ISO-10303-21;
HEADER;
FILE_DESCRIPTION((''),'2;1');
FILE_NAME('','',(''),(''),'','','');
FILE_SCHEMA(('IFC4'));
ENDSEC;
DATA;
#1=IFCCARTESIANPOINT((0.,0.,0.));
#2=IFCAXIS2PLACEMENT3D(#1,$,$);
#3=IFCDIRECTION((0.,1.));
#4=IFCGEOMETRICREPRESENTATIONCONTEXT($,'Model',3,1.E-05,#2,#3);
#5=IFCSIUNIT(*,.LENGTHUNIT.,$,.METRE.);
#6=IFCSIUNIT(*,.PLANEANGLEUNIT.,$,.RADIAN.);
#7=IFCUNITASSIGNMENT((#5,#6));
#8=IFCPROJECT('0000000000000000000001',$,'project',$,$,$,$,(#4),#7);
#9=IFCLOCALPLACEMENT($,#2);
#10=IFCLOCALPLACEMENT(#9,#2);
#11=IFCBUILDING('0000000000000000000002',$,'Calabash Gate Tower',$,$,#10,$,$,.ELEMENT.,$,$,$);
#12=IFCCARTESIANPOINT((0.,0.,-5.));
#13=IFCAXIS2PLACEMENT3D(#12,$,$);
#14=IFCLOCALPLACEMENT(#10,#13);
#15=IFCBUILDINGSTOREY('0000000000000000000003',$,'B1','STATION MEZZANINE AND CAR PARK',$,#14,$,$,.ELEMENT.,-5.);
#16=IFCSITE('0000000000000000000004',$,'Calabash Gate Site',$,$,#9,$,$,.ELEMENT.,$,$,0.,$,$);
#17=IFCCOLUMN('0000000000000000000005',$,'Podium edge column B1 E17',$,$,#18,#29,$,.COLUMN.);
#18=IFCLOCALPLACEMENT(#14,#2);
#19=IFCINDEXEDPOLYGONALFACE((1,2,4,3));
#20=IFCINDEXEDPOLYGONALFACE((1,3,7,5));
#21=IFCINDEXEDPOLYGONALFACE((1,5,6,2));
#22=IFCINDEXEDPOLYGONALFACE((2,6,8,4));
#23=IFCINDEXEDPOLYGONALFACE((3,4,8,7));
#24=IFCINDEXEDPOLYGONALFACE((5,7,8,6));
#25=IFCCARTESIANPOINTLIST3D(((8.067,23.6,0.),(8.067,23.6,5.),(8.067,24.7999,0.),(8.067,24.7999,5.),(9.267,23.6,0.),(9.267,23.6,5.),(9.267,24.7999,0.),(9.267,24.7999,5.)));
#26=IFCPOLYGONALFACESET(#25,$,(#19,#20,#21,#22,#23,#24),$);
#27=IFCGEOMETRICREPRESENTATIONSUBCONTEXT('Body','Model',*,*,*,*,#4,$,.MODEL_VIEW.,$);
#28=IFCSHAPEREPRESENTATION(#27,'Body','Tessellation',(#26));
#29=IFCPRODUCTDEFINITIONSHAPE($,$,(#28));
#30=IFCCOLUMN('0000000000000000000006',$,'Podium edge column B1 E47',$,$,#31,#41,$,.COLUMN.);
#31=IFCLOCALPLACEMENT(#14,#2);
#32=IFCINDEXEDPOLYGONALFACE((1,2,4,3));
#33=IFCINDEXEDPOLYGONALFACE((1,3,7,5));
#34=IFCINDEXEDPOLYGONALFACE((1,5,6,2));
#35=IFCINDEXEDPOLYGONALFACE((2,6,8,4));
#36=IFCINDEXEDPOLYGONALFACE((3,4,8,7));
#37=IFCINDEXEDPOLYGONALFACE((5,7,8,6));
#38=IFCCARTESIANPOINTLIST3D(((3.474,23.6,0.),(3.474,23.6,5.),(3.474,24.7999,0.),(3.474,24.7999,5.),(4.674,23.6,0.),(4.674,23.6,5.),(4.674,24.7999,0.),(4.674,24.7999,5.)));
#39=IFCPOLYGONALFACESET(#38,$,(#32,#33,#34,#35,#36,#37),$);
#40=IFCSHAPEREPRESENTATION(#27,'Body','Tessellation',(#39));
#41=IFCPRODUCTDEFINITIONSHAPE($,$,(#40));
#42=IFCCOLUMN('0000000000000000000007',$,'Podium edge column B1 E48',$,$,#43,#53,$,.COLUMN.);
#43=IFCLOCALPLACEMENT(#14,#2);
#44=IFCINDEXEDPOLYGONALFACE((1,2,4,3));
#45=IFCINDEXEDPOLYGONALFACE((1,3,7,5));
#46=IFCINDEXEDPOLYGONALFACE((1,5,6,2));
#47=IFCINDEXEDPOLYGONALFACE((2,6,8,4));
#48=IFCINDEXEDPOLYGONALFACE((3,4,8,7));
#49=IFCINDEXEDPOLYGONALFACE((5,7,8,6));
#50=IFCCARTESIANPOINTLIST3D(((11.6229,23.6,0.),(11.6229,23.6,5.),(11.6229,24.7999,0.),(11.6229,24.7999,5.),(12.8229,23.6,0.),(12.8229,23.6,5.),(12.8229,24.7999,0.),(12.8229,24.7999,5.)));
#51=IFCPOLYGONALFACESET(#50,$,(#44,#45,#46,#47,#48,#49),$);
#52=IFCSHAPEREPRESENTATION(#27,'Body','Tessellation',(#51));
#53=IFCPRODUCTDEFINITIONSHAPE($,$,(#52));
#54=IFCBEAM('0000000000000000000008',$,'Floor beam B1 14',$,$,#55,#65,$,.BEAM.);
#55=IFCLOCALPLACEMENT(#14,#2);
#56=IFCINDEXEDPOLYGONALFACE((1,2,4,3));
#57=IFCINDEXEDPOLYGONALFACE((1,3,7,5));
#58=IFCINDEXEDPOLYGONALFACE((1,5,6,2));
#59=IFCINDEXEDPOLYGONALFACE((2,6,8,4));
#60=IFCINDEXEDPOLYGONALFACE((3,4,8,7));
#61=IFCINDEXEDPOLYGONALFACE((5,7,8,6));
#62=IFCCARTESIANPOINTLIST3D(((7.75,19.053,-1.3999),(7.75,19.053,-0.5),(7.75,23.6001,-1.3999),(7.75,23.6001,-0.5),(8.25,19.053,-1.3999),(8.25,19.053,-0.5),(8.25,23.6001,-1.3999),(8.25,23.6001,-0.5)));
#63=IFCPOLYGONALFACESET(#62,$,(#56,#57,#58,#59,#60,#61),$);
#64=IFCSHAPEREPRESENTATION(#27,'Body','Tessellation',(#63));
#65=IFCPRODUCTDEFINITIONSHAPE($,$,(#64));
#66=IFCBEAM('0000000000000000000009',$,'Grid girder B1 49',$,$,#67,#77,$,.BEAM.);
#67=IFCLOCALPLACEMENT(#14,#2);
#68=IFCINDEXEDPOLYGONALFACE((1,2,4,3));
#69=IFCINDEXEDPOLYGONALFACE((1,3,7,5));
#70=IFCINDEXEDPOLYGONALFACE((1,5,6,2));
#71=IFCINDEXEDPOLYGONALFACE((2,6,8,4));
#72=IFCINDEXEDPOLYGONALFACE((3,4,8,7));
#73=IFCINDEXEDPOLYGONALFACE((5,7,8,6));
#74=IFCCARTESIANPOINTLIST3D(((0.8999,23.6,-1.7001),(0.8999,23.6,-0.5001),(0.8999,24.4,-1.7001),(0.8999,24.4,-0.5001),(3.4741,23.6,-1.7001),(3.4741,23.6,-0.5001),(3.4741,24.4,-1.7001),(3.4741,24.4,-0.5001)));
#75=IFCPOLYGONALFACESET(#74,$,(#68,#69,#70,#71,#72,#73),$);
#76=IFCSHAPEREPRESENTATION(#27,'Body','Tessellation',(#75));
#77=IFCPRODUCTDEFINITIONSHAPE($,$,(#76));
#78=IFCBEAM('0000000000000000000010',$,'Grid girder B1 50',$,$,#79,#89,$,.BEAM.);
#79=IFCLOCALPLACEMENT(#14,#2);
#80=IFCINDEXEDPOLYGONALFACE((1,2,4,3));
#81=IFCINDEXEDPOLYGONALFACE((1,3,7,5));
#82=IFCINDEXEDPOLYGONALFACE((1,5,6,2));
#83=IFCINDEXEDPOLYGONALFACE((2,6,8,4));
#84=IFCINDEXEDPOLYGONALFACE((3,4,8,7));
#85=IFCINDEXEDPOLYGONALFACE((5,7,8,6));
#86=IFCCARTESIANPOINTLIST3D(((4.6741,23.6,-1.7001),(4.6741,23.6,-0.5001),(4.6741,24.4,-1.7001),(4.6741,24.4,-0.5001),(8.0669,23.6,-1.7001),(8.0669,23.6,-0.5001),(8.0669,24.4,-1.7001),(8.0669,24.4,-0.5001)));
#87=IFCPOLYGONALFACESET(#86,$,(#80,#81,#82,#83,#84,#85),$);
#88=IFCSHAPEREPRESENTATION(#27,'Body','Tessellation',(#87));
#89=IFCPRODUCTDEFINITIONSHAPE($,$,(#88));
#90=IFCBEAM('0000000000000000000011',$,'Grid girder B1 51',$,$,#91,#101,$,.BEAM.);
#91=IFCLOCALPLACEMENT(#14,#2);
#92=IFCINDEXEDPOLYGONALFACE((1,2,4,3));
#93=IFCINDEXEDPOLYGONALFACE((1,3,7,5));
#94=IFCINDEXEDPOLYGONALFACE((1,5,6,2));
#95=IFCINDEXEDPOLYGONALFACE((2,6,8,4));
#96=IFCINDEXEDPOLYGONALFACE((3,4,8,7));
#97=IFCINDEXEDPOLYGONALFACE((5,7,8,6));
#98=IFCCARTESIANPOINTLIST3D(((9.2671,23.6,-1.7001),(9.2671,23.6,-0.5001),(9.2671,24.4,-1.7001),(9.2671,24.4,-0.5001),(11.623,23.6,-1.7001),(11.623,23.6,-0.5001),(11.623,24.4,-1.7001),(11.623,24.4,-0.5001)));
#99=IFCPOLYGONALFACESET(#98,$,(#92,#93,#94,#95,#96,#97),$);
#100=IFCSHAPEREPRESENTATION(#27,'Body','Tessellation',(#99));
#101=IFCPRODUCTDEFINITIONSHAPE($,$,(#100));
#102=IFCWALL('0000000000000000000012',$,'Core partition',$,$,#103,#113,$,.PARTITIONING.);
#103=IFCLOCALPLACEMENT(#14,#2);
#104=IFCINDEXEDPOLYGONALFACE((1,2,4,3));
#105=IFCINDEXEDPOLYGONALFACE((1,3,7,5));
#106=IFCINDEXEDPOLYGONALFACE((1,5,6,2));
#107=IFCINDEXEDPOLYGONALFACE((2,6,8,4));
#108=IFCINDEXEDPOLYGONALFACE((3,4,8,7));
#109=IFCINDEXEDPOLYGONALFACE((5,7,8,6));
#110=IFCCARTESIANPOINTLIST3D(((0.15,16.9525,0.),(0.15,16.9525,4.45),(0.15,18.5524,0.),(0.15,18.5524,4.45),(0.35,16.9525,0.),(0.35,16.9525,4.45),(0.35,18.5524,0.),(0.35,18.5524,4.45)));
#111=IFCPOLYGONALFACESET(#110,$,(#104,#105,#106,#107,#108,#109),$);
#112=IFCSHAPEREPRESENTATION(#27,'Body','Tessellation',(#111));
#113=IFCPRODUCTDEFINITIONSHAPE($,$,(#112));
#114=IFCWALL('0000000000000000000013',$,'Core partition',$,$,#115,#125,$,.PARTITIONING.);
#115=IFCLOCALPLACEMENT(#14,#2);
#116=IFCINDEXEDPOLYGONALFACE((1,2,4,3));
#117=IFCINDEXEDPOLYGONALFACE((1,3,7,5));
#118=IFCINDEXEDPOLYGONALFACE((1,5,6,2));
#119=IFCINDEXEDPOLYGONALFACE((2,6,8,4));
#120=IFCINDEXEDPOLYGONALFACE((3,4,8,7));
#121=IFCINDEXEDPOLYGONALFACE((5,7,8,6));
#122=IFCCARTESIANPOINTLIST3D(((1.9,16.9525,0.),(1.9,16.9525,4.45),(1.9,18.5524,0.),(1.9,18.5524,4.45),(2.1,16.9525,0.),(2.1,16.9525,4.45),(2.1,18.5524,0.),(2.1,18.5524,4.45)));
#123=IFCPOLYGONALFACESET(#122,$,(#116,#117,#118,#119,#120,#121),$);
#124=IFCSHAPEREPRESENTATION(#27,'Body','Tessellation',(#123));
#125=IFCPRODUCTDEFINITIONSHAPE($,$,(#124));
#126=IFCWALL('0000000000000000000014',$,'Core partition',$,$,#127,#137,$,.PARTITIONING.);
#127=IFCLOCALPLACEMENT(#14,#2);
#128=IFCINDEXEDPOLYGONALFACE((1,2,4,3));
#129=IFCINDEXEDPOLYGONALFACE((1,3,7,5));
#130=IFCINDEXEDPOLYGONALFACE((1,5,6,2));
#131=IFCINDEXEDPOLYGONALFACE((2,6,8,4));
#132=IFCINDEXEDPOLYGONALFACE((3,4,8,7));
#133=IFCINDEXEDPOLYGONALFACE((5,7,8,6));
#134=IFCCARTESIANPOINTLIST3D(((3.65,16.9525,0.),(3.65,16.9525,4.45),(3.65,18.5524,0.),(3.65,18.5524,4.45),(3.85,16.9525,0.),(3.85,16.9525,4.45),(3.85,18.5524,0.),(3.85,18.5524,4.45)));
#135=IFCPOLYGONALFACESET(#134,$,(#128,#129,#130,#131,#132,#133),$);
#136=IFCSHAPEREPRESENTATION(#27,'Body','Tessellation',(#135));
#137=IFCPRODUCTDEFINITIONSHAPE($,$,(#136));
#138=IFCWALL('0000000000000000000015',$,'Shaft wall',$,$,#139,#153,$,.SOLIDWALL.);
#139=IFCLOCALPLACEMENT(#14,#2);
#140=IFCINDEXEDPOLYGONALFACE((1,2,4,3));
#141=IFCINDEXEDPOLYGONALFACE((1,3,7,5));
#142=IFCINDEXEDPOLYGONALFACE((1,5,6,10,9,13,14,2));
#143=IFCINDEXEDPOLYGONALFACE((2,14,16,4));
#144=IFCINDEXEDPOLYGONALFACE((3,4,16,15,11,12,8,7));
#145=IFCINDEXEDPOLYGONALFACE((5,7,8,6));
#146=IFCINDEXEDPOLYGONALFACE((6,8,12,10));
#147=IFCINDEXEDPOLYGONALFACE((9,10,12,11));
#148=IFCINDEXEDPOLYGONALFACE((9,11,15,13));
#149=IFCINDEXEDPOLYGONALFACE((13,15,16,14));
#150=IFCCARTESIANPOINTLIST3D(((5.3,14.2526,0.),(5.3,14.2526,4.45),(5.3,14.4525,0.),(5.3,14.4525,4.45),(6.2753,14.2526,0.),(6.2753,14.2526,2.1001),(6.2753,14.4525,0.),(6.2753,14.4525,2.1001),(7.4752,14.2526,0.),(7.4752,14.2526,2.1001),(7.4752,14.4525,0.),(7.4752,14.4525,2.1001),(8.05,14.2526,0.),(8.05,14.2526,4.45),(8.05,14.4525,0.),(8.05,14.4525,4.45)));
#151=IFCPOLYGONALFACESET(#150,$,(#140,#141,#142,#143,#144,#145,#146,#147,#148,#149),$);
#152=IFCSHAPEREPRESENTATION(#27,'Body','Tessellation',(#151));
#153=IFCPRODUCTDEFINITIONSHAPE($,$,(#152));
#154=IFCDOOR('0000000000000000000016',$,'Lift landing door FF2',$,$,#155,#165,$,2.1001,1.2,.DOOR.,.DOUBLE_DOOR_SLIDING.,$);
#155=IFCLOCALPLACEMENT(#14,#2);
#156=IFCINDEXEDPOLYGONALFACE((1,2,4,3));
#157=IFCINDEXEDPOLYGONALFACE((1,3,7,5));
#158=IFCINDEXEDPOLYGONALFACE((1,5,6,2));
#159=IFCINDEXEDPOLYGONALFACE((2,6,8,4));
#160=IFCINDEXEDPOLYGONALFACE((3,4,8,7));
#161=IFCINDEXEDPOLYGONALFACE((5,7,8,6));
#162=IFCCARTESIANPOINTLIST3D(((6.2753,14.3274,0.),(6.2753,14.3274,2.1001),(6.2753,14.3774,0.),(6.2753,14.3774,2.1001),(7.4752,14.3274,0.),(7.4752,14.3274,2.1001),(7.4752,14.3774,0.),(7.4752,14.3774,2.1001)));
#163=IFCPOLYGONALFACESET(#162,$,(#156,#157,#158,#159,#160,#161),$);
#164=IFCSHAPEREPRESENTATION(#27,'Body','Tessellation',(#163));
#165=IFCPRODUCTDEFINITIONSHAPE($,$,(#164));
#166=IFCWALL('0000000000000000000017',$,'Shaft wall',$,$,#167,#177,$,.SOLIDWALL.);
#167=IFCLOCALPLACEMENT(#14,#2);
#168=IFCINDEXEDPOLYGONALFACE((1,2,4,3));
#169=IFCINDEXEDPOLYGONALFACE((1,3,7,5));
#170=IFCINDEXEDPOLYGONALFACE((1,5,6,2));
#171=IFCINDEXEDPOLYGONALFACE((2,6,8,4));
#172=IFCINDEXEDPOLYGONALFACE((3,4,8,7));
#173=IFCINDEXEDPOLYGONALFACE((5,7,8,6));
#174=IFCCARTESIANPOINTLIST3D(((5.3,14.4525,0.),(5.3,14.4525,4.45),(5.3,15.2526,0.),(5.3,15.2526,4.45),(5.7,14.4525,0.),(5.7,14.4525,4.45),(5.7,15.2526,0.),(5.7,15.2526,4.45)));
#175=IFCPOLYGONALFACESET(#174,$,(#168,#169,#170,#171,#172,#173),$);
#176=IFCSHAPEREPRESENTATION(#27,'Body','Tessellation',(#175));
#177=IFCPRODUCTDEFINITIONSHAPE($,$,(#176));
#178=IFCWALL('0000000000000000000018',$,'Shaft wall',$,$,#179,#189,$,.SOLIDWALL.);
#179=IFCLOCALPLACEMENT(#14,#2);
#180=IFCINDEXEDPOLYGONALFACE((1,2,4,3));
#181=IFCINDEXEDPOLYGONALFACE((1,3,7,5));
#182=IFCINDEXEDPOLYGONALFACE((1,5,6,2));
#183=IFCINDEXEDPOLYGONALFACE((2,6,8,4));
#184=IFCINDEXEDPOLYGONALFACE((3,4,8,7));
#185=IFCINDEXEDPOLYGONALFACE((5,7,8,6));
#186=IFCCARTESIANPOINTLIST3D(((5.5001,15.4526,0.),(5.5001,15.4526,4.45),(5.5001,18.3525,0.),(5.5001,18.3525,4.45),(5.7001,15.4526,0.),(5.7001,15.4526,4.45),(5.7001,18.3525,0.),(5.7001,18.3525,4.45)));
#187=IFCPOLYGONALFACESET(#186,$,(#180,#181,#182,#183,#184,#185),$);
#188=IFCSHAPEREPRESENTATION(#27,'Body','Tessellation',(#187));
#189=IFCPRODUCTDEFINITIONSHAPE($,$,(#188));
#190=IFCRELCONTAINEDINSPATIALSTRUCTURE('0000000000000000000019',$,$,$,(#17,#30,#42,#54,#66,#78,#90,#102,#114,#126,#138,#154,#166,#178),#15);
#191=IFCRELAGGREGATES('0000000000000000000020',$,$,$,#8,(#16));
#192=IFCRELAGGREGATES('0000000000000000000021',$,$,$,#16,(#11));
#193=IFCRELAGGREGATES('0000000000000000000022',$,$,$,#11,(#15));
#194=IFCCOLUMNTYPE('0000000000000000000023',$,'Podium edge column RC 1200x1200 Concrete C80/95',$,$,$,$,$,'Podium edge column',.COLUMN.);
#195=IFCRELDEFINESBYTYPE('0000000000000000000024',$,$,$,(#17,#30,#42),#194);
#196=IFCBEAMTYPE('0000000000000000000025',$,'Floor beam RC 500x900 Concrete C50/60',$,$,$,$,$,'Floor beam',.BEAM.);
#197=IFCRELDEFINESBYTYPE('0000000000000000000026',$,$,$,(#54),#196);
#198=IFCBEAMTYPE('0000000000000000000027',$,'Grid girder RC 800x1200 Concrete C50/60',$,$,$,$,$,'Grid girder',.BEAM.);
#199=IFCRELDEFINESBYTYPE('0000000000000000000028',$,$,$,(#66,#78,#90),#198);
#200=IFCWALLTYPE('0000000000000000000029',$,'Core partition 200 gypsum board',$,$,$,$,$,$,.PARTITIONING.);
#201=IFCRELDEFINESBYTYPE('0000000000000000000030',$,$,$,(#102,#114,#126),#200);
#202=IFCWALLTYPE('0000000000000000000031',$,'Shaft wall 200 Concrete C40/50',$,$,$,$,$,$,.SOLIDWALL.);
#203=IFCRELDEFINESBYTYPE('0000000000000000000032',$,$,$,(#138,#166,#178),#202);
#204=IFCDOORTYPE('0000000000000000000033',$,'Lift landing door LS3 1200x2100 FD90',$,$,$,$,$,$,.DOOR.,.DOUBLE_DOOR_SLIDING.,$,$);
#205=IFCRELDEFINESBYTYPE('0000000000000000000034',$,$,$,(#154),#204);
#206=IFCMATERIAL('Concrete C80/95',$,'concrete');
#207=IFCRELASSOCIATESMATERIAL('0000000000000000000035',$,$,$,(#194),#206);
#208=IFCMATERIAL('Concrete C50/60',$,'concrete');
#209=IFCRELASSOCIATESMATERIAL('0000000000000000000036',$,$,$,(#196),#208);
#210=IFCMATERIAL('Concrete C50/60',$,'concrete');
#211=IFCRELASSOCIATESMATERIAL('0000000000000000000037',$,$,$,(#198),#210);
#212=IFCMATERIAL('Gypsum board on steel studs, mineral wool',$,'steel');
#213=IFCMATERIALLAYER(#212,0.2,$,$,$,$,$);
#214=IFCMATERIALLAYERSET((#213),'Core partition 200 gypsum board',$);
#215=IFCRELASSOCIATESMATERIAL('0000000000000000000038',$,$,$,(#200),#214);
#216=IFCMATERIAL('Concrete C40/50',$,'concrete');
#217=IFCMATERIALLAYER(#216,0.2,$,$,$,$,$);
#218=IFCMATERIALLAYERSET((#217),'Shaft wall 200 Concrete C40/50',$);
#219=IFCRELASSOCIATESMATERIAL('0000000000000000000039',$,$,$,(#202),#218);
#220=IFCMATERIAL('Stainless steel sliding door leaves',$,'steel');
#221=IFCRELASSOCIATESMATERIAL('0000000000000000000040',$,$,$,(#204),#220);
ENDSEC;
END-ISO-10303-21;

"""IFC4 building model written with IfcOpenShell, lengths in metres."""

from ifc_helpers import new_model, si_unit, direction, frame, frame_2d, origin, origin_2d, place, context, subcontext, project, spatial, rectangle, extrude, material, layer, layer_set, material_profile, profile_set, type_object, element, fill, save


model = new_model("IFC4")

# Units and contexts
model_context = context("Model", 3, precision=1e-05, world=origin(), true_north=direction((0.0, 1.0)))
body_context = subcontext(model_context, "Body", "Model", "MODEL_VIEW")
ifc_project = project(units=[si_unit("LENGTHUNIT", "METRE"), si_unit("PLANEANGLEUNIT", "RADIAN")], contexts=[model_context])

# Site, building, storey
site_placement = place(None, origin())
site = spatial("IfcSite", under=ifc_project, at=site_placement, Name="Calabash Gate Site", CompositionType="ELEMENT", RefElevation=0.0)
building_placement = place(site_placement, origin())
building = spatial("IfcBuilding", under=site, at=building_placement, Name="Calabash Gate Tower", CompositionType="ELEMENT")
storey_placement = place(building_placement, frame((0.0, 0.0, -5.0)))
storey = spatial("IfcBuildingStorey", under=building, at=storey_placement, Name="B1", Description="STATION MEZZANINE AND CAR PARK", CompositionType="ELEMENT", Elevation=-5.0)

# Columns
ifc_material_1 = material(Name="Concrete C80/95", Category="concrete")
ifc_material_profile_1 = material_profile(ifc_material_1, rectangle(XDim=1.2, YDim=1.2, at=origin_2d()))
ifc_profile_set_1 = profile_set([ifc_material_profile_1], Name="Concrete C80/95")
column_type = type_object("IfcColumnType", Name="Podium edge column RC 1200x1200 Concrete C80/95", ElementType="Podium edge column", PredefinedType="COLUMN", material=ifc_profile_set_1)
for number, where, z_axis, x_axis, name in (
    (1, (8.667, 24.2, 0.0), (0.0, 0.0, 1.0), (1.0, 0.0, 0.0), "Podium edge column B1 E17"),
    (2, (4.074, 24.2, 0.0), (0.0, 0.0, 1.0), (1.0, 0.0, 0.0), "Podium edge column B1 E47"),
    (3, (12.2229, 24.2, 0.0), (0.0, 0.0, 1.0), (1.0, 0.0, 0.0), "Podium edge column B1 E48"),
):
    element("IfcColumn", number, at=place(storey_placement, frame(where, z_axis=z_axis, x_axis=x_axis)), inside=storey, type_object=column_type, Name=name, PredefinedType="COLUMN", context=body_context, shape_type="SweptSolid", body=[
        extrude(rectangle(XDim=1.2, YDim=1.2, at=origin_2d()), origin(), (0.0, 0.0, 1.0), 5.0),
    ])

# Beams
ifc_material_2 = material(Name="Concrete C50/60", Category="concrete")
ifc_material_profile_2 = material_profile(ifc_material_2, rectangle(XDim=0.5, YDim=0.8999, at=origin_2d()))
ifc_profile_set_2 = profile_set([ifc_material_profile_2], Name="Concrete C50/60")
beam_type_1 = type_object("IfcBeamType", Name="Floor beam RC 500x900 Concrete C50/60", ElementType="Floor beam", PredefinedType="BEAM", material=ifc_profile_set_2)
beam_1_placement = place(storey_placement, frame((8.0, 19.053, -0.95), z_axis=(0.0, 1.0, 0.0), x_axis=(-1.0, 0.0, 0.0)))
element("IfcBeam", 4, at=beam_1_placement, inside=storey, type_object=beam_type_1, Name="Floor beam B1 14", PredefinedType="BEAM", context=body_context, shape_type="SweptSolid", body=[
    extrude(rectangle(XDim=0.5, YDim=0.8999, at=origin_2d()), origin(), (0.0, 0.0, 1.0), 4.5471),
])
ifc_material_3 = material(Name="Concrete C50/60", Category="concrete")
ifc_material_profile_3 = material_profile(ifc_material_3, rectangle(XDim=0.8, YDim=1.2, at=origin_2d()))
ifc_profile_set_3 = profile_set([ifc_material_profile_3], Name="Concrete C50/60")
beam_type_2 = type_object("IfcBeamType", Name="Grid girder RC 800x1200 Concrete C50/60", ElementType="Grid girder", PredefinedType="BEAM", material=ifc_profile_set_3)
beam_2_placement = place(storey_placement, frame((0.8999, 24.0, -1.1001), z_axis=(1.0, 0.0, 0.0), x_axis=(0.0, 1.0, 0.0)))
element("IfcBeam", 5, at=beam_2_placement, inside=storey, type_object=beam_type_2, Name="Grid girder B1 49", PredefinedType="BEAM", context=body_context, shape_type="SweptSolid", body=[
    extrude(rectangle(XDim=0.8, YDim=1.2, at=origin_2d()), origin(), (0.0, 0.0, 1.0), 2.5742),
])
beam_3_placement = place(storey_placement, frame((4.6741, 24.0, -1.1001), z_axis=(1.0, 0.0, 0.0), x_axis=(0.0, 1.0, 0.0)))
element("IfcBeam", 6, at=beam_3_placement, inside=storey, type_object=beam_type_2, Name="Grid girder B1 50", PredefinedType="BEAM", context=body_context, shape_type="SweptSolid", body=[
    extrude(rectangle(XDim=0.8, YDim=1.2, at=origin_2d()), origin(), (0.0, 0.0, 1.0), 3.3928),
])
beam_4_placement = place(storey_placement, frame((9.2671, 24.0, -1.1001), z_axis=(1.0, 0.0, 0.0), x_axis=(0.0, 1.0, 0.0)))
element("IfcBeam", 7, at=beam_4_placement, inside=storey, type_object=beam_type_2, Name="Grid girder B1 51", PredefinedType="BEAM", context=body_context, shape_type="SweptSolid", body=[
    extrude(rectangle(XDim=0.8, YDim=1.2, at=origin_2d()), origin(), (0.0, 0.0, 1.0), 2.356),
])

# Walls
ifc_material_4 = material(Name="Gypsum board on steel studs, mineral wool", Category="steel")
ifc_layer_1 = layer(ifc_material_4, 0.2)
ifc_layer_set_1 = layer_set([ifc_layer_1], Name="Core partition 200 gypsum board")
wall_type_1 = type_object("IfcWallType", Name="Core partition 200 gypsum board", PredefinedType="PARTITIONING", material=ifc_layer_set_1)
for number, where, z_axis, x_axis, name in (
    (8, (0.25, 16.9526, 0.0), (0.0, 0.0, 1.0), (0.0, 1.0, 0.0), "Core partition"),
    (9, (2.0, 16.9526, 0.0), (0.0, 0.0, 1.0), (0.0, 1.0, 0.0), "Core partition"),
    (10, (3.75, 16.9526, 0.0), (0.0, 0.0, 1.0), (0.0, 1.0, 0.0), "Core partition"),
):
    element("IfcWall", number, at=place(storey_placement, frame(where, z_axis=z_axis, x_axis=x_axis)), inside=storey, type_object=wall_type_1, Name=name, PredefinedType="PARTITIONING", context=body_context, shape_type="SweptSolid", body=[
        extrude(rectangle(XDim=1.5999, YDim=0.2, at=frame_2d((0.7998, 0.0))), origin(), (0.0, 0.0, 1.0), 4.45),
    ])

# Wall, opening, door
ifc_material_5 = material(Name="Concrete C40/50", Category="concrete")
ifc_layer_2 = layer(ifc_material_5, 0.2)
ifc_layer_set_2 = layer_set([ifc_layer_2], Name="Shaft wall 200 Concrete C40/50")
wall_type_2 = type_object("IfcWallType", Name="Shaft wall 200 Concrete C40/50", PredefinedType="SOLIDWALL", material=ifc_layer_set_2)
wall_1_placement = place(storey_placement, frame((5.3, 14.3525, 0.0), z_axis=(0.0, 0.0, 1.0), x_axis=(1.0, 0.0, 0.0)))
wall_1 = element("IfcWall", 11, at=wall_1_placement, inside=storey, type_object=wall_type_2, Name="Shaft wall", PredefinedType="SOLIDWALL", context=body_context, shape_type="SweptSolid", body=[
    extrude(rectangle(XDim=2.75, YDim=0.2, at=frame_2d((1.375, 0.0))), origin(), (0.0, 0.0, 1.0), 4.45),
])
opening_placement = place(wall_1_placement, frame((0.9751, 0.0, 0.0)))
opening = element("IfcOpeningElement", 12, at=opening_placement, cuts=wall_1, PredefinedType="OPENING", context=body_context, shape_type="SweptSolid", body=[
    extrude(rectangle(XDim=1.2, YDim=2.1001, at=frame_2d((0.6001, 1.05))), frame((0.0, 0.1099, 0.0), z_axis=(0.0, -1.0, 0.0), x_axis=(1.0, 0.0, 0.0)), (0.0, 0.0, 1.0), 0.22),
])
ifc_material_6 = material(Name="Stainless steel sliding door leaves", Category="steel")
door_type = type_object("IfcDoorType", Name="Lift landing door LS3 1200x2100 FD90", OperationType="DOUBLE_DOOR_SLIDING", PredefinedType="DOOR", material=ifc_material_6)
door_placement = place(opening_placement, origin())
door = element("IfcDoor", 13, at=door_placement, inside=storey, type_object=door_type, Name="Lift landing door FF2", OperationType="DOUBLE_DOOR_SLIDING", OverallHeight=2.1001, OverallWidth=1.2, PredefinedType="DOOR", context=body_context, shape_type="SweptSolid", body=[
    extrude(rectangle(XDim=1.2, YDim=2.1001, at=frame_2d((0.6001, 1.05))), frame((0.0, 0.0249, 0.0), z_axis=(0.0, -1.0, 0.0), x_axis=(1.0, 0.0, 0.0)), (0.0, 0.0, 1.0), 0.05),
])
fill(opening, door)

# Walls
wall_2_placement = place(storey_placement, frame((5.5, 14.4526, 0.0), z_axis=(0.0, 0.0, 1.0), x_axis=(0.0, 1.0, 0.0)))
element("IfcWall", 14, at=wall_2_placement, inside=storey, type_object=wall_type_2, Name="Shaft wall", PredefinedType="SOLIDWALL", context=body_context, shape_type="SweptSolid", body=[
    extrude(rectangle(XDim=0.8, YDim=0.3999, at=frame_2d((0.3999, 0.0))), origin(), (0.0, 0.0, 1.0), 4.45),
])
wall_3_placement = place(storey_placement, frame((5.6001, 15.4526, 0.0), z_axis=(0.0, 0.0, 1.0), x_axis=(0.0, 1.0, 0.0)))
element("IfcWall", 15, at=wall_3_placement, inside=storey, type_object=wall_type_2, Name="Shaft wall", PredefinedType="SOLIDWALL", context=body_context, shape_type="SweptSolid", body=[
    extrude(rectangle(XDim=2.8999, YDim=0.2, at=frame_2d((1.45, 0.0))), origin(), (0.0, 0.0, 1.0), 4.45),
])

save(model, "model.ifc")
